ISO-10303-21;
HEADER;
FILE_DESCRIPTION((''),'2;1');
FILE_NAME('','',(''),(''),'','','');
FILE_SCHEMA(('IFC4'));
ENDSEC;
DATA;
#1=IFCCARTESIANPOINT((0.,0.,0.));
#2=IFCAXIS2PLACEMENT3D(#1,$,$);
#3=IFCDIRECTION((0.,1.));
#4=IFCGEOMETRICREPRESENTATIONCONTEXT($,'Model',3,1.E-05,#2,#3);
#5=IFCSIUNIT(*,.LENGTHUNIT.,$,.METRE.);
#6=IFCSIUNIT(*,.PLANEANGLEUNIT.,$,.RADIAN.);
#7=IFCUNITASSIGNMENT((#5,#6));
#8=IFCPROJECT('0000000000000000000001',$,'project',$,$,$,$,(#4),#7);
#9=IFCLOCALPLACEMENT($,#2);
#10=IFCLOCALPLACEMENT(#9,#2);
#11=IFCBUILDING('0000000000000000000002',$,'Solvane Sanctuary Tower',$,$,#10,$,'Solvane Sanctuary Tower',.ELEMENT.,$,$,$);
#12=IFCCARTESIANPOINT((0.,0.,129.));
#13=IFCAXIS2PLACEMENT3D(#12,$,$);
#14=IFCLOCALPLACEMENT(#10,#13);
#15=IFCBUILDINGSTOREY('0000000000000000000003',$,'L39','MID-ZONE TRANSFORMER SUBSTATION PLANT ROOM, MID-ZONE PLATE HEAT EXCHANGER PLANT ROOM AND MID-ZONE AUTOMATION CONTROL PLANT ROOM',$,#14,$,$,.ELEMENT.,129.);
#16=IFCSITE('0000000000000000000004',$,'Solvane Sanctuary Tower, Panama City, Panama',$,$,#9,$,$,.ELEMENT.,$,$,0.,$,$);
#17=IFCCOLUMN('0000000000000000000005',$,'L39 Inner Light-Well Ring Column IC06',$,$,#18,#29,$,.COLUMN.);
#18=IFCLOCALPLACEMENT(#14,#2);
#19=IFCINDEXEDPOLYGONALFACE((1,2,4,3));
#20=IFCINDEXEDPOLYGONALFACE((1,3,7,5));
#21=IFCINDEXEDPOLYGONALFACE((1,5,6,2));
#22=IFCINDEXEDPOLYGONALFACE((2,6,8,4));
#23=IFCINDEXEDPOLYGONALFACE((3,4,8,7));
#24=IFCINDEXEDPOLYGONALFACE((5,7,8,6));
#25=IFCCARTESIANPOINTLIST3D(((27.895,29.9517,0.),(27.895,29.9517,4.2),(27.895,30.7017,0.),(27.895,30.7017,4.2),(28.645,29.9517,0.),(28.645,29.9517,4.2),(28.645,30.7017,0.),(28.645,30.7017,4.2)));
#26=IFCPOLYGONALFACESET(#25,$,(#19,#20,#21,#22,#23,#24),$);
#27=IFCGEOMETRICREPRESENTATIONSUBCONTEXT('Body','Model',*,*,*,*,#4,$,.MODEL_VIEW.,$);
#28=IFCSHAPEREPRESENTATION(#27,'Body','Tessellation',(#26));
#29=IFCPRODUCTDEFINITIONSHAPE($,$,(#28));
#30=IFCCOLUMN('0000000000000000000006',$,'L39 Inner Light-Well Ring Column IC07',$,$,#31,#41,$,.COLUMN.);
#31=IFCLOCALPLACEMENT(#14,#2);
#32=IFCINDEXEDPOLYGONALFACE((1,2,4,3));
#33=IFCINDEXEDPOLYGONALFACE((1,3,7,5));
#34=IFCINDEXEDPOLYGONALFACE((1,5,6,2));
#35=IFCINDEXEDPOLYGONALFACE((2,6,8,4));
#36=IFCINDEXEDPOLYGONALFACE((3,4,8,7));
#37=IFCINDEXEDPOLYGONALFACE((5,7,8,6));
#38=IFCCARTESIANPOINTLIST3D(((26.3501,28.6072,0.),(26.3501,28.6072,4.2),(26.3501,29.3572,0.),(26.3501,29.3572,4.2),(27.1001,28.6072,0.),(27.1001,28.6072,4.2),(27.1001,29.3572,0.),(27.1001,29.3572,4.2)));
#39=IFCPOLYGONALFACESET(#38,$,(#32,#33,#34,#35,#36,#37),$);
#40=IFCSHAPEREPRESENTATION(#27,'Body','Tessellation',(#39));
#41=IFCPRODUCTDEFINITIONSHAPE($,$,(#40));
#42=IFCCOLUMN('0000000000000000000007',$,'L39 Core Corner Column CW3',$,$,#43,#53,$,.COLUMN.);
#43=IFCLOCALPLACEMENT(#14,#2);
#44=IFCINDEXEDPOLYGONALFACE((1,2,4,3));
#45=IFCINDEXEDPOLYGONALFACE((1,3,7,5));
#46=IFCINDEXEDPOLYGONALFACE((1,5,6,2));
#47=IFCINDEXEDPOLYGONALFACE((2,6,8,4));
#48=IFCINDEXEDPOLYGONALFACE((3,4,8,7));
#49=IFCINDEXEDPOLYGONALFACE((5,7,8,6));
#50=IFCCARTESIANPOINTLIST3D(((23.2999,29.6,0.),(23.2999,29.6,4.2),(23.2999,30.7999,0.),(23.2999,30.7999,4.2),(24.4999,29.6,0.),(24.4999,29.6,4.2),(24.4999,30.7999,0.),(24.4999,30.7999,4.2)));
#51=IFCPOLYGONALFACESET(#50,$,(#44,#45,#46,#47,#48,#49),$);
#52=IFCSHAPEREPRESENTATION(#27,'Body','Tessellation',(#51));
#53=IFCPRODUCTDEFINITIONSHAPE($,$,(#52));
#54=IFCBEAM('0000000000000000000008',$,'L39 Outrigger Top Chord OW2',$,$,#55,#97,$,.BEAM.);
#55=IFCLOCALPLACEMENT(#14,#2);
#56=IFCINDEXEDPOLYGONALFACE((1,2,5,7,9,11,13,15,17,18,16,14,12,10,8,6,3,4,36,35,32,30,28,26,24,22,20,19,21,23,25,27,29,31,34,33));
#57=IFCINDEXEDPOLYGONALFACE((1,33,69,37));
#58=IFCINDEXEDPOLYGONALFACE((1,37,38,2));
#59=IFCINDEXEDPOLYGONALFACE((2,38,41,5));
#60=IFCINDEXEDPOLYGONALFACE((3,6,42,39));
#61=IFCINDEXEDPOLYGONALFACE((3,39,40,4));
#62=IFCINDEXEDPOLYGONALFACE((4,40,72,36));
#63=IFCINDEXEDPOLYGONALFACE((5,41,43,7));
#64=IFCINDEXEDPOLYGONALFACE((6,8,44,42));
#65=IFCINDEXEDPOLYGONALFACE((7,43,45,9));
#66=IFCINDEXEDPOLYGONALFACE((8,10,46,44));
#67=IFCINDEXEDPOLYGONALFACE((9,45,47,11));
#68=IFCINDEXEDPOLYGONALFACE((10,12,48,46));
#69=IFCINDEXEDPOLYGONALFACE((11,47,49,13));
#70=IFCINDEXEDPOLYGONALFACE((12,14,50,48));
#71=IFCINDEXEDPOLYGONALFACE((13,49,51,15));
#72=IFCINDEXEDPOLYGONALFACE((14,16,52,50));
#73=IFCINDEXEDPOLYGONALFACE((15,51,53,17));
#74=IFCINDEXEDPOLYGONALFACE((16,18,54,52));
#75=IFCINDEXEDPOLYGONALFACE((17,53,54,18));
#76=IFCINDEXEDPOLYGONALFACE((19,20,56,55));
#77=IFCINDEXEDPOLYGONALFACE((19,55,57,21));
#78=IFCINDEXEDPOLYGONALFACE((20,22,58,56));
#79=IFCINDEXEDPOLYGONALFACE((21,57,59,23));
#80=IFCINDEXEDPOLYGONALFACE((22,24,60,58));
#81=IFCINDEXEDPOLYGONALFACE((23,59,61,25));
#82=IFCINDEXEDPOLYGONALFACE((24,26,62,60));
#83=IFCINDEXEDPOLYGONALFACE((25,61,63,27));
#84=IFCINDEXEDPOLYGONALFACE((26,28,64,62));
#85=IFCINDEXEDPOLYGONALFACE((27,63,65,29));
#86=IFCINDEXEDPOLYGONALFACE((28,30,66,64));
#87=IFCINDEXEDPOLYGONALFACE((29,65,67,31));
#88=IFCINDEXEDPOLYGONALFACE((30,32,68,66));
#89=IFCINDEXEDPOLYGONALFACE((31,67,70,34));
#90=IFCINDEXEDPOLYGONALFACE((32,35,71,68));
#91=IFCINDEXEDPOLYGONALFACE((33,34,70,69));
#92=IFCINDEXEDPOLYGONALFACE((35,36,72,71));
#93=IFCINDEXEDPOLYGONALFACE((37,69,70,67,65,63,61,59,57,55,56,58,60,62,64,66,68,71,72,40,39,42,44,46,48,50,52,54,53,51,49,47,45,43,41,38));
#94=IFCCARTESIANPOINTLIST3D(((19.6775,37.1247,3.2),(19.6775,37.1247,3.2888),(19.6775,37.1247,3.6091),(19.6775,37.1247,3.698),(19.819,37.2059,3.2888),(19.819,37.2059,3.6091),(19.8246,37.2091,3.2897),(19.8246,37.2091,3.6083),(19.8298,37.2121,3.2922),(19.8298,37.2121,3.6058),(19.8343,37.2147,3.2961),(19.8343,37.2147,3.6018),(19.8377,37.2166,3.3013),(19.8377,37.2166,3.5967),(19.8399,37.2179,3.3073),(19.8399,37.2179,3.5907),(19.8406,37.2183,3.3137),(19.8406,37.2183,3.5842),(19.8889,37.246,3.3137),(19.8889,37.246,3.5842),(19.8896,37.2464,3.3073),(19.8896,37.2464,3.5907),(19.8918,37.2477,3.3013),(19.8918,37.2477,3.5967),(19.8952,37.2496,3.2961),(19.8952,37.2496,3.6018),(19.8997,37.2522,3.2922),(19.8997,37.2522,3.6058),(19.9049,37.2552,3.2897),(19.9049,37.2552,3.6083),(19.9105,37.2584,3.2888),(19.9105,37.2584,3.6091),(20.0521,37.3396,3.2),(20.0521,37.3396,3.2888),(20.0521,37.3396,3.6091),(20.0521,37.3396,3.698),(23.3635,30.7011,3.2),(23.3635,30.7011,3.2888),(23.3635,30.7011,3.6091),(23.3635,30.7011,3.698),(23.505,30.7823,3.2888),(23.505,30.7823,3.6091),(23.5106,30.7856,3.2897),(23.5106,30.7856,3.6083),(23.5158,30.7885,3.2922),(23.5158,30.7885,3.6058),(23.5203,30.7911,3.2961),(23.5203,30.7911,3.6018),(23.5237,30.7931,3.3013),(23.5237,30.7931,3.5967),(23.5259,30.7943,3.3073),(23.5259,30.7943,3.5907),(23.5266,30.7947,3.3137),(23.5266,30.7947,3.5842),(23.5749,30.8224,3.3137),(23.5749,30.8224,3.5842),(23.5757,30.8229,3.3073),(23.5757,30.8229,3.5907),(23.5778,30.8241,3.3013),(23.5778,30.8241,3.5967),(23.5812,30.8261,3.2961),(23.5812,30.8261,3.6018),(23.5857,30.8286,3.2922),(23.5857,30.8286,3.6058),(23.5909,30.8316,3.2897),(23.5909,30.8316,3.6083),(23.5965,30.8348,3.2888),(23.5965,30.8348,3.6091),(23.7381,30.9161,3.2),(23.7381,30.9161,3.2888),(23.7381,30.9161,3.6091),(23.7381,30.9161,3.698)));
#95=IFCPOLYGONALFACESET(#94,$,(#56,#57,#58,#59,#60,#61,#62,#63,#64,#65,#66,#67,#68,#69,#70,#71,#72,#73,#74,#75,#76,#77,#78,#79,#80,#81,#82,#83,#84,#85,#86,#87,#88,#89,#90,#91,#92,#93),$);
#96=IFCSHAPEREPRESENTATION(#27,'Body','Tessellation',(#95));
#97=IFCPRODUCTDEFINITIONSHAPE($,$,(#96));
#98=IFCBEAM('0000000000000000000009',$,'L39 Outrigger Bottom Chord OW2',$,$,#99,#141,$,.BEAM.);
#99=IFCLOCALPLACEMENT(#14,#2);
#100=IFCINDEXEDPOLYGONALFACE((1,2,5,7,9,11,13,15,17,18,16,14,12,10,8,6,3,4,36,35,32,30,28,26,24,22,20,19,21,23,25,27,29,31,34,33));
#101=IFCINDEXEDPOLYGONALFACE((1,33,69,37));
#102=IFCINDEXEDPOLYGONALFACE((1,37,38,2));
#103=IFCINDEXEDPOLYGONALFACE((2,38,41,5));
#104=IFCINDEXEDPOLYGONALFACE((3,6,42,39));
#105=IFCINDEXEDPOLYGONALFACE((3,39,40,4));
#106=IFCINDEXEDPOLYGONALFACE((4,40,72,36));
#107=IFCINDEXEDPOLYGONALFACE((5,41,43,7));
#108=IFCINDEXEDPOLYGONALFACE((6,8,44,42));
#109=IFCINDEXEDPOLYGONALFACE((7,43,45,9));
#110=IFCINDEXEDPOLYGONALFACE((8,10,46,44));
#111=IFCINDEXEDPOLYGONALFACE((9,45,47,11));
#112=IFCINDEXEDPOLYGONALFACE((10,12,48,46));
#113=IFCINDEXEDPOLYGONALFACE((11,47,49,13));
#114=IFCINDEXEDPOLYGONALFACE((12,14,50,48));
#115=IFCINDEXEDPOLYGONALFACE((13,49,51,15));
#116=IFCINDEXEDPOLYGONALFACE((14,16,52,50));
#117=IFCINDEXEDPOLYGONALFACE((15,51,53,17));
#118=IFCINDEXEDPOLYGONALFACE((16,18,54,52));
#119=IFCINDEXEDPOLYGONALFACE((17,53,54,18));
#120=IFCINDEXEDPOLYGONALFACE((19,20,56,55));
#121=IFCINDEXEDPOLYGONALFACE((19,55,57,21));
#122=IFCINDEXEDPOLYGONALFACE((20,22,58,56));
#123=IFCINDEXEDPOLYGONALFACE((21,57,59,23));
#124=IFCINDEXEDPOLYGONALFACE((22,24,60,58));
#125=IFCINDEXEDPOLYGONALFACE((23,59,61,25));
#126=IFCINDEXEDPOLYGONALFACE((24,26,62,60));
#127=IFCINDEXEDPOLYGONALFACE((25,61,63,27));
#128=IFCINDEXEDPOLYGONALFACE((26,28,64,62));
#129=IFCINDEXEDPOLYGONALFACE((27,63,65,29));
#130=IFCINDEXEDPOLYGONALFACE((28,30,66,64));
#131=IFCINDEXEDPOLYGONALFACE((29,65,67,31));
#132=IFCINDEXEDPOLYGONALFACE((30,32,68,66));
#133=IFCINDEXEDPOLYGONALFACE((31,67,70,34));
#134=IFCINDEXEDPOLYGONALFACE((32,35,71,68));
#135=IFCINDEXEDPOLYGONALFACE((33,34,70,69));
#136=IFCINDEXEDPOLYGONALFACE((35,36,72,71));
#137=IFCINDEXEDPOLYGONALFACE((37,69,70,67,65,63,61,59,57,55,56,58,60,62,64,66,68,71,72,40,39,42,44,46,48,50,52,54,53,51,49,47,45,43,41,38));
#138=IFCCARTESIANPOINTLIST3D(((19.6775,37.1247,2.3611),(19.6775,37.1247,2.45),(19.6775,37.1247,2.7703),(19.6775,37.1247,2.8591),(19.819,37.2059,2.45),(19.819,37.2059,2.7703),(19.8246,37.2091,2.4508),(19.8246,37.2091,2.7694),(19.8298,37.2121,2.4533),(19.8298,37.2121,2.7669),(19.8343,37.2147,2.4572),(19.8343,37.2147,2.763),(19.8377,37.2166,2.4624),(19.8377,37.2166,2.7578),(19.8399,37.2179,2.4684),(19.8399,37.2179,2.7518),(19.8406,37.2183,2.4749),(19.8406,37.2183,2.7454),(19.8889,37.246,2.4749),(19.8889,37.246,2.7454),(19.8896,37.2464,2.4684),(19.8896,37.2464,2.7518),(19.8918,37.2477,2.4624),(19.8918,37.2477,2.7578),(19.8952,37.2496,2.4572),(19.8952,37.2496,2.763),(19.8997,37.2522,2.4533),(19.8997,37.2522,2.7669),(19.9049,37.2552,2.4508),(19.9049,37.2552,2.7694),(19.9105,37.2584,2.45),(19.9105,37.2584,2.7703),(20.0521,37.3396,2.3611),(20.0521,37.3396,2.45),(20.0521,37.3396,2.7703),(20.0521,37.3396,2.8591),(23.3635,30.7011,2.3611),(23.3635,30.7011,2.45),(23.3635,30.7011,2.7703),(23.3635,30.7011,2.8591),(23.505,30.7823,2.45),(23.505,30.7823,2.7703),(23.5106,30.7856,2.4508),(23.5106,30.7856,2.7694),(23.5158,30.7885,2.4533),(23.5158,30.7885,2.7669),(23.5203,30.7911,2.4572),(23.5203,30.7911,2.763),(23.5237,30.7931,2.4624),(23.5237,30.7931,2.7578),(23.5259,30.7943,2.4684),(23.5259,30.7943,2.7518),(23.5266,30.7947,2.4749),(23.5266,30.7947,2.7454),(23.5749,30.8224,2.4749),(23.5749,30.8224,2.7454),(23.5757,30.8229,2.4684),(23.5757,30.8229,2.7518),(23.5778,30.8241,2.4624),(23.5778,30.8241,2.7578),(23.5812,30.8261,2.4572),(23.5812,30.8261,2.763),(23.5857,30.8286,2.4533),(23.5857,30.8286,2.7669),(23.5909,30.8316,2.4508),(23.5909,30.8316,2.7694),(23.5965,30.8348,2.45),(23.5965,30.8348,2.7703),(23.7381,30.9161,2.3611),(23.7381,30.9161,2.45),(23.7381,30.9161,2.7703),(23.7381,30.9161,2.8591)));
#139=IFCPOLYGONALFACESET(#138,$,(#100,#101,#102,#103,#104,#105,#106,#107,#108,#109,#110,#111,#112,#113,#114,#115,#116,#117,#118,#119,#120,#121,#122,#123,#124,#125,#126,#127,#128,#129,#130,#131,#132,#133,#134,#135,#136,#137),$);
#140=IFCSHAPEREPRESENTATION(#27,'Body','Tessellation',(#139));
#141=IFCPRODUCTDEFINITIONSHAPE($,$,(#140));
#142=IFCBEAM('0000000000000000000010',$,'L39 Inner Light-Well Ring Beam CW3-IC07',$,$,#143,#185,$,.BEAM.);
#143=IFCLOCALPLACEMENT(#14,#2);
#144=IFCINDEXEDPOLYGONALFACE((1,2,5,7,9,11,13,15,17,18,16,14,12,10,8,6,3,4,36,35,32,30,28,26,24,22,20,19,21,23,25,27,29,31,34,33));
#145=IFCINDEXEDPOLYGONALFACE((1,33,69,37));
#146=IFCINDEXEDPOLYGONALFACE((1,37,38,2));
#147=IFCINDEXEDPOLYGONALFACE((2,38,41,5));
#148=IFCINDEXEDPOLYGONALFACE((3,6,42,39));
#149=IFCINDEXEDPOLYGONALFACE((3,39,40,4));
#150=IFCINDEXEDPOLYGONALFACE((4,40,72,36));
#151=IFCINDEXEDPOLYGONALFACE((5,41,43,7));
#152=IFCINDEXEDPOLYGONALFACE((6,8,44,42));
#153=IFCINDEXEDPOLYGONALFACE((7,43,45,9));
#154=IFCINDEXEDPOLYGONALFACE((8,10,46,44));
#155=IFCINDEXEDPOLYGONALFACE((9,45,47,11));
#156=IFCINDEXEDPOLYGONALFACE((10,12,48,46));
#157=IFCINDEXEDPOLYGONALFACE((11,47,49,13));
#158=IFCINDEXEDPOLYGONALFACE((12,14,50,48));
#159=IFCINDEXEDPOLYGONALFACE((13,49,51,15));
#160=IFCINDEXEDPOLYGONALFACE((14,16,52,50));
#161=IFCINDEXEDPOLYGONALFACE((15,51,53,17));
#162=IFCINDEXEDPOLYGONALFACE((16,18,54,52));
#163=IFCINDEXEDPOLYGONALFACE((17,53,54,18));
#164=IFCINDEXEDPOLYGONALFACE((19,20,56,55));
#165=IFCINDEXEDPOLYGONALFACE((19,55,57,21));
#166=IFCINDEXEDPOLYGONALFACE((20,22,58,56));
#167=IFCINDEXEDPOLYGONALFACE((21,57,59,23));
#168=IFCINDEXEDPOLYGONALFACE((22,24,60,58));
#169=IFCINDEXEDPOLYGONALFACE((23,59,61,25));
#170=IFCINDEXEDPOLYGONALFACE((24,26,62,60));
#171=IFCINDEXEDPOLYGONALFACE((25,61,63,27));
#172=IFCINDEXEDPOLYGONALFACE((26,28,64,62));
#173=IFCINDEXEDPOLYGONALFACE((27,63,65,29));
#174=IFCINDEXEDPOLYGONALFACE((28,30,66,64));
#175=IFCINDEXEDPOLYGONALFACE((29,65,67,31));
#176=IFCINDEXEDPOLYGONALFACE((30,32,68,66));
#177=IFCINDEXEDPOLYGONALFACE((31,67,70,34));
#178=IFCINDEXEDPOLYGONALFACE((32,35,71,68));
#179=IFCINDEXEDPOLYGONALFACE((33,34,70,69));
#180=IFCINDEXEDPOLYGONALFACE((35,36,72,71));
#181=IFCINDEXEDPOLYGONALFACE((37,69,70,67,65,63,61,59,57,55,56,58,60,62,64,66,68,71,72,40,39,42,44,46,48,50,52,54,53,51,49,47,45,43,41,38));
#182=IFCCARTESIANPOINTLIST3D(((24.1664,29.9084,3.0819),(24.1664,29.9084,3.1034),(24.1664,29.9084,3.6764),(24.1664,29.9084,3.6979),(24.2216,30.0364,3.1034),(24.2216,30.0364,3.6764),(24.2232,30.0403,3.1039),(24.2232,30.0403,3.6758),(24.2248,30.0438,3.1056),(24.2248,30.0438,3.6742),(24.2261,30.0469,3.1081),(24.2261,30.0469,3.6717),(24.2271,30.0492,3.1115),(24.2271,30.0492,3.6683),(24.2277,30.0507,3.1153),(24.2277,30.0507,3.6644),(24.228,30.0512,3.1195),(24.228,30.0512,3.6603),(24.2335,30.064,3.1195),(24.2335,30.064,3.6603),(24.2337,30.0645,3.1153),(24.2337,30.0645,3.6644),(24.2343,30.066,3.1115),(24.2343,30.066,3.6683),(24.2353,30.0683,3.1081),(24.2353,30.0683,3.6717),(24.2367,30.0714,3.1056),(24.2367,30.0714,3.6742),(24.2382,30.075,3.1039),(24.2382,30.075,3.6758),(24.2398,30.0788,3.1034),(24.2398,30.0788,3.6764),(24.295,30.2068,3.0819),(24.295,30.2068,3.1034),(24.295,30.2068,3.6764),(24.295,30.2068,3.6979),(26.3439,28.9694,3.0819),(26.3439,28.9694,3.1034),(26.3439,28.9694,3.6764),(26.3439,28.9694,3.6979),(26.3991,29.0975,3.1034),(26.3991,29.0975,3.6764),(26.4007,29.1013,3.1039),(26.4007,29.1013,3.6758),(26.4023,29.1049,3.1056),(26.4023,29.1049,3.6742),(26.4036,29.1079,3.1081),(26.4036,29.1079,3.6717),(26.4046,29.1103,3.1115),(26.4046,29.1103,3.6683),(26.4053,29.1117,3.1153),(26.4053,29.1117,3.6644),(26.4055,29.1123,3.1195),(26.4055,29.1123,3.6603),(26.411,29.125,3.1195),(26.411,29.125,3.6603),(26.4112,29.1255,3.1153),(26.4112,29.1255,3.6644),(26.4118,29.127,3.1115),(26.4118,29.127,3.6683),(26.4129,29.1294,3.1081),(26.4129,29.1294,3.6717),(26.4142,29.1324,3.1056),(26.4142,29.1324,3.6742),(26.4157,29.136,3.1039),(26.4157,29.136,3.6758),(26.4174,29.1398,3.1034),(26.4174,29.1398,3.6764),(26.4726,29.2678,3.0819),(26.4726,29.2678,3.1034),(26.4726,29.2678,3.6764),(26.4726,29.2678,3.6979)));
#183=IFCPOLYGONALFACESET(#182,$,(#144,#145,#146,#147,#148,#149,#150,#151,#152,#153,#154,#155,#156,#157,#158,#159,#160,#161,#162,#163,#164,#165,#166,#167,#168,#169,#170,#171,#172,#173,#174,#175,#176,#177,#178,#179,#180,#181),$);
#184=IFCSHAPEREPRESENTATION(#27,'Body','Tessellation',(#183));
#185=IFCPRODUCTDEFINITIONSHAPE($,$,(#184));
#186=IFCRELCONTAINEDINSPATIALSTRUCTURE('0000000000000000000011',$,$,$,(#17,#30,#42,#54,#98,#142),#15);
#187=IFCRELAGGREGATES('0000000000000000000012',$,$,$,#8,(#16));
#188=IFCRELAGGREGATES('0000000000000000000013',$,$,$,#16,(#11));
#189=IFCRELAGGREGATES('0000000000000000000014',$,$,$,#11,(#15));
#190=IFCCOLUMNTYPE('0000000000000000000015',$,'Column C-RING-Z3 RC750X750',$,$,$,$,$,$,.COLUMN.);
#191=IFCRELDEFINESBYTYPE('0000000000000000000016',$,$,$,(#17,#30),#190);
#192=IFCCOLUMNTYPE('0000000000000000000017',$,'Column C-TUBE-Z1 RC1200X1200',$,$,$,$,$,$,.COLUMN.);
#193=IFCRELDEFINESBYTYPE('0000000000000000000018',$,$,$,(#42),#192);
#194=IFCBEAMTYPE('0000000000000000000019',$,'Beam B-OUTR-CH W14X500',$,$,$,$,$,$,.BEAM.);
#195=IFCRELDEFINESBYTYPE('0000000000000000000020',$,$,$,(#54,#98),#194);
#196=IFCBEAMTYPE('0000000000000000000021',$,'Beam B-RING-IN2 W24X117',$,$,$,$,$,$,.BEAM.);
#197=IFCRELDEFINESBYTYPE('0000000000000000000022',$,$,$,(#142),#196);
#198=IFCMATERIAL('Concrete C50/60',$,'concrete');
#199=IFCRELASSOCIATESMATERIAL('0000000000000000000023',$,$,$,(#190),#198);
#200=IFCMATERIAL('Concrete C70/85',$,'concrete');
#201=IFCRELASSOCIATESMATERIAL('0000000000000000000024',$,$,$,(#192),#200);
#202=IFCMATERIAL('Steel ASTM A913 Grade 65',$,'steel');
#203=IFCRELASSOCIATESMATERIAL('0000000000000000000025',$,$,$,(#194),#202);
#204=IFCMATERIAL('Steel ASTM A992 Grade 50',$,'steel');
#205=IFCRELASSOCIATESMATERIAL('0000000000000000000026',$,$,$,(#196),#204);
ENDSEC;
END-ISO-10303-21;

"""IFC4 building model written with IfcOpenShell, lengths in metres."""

from ifc_helpers import new_model, si_unit, direction, frame, origin, origin_2d, place, context, subcontext, project, spatial, rectangle, i_section, extrude, material, material_profile, profile_set, type_object, element, save


model = new_model("IFC4")

# Units and contexts
model_context = context("Model", 3, precision=1e-05, world=origin(), true_north=direction((0.0, 1.0)))
body_context = subcontext(model_context, "Body", "Model", "MODEL_VIEW")
ifc_project = project(units=[si_unit("LENGTHUNIT", "METRE"), si_unit("PLANEANGLEUNIT", "RADIAN")], contexts=[model_context])

# Site, building, storey
site_placement = place(None, origin())
site = spatial("IfcSite", under=ifc_project, at=site_placement, Name="Solvane Sanctuary Tower, Panama City, Panama", CompositionType="ELEMENT", RefElevation=0.0)
building_placement = place(site_placement, origin())
building = spatial("IfcBuilding", under=site, at=building_placement, Name="Solvane Sanctuary Tower", LongName="Solvane Sanctuary Tower", CompositionType="ELEMENT")
storey_placement = place(building_placement, frame((0.0, 0.0, 129.0)))
storey = spatial("IfcBuildingStorey", under=building, at=storey_placement, Name="L39", Description="MID-ZONE TRANSFORMER SUBSTATION PLANT ROOM, MID-ZONE PLATE HEAT EXCHANGER PLANT ROOM AND MID-ZONE AUTOMATION CONTROL PLANT ROOM", CompositionType="ELEMENT", Elevation=129.0)

# Columns
ifc_material_1 = material(Name="Concrete C50/60", Category="concrete")
ifc_material_profile_1 = material_profile(ifc_material_1, rectangle(XDim=0.75, YDim=0.75, at=origin_2d()), Name="RC750X750")
ifc_profile_set_1 = profile_set([ifc_material_profile_1], Name="Concrete C50/60")
column_type_1 = type_object("IfcColumnType", Name="Column C-RING-Z3 RC750X750", PredefinedType="COLUMN", material=ifc_profile_set_1)
for number, where, z_axis, x_axis, name in (
    (1, (28.27, 30.3267, 0.0), (0.0, 0.0, 1.0), (1.0, 0.0, 0.0), "L39 Inner Light-Well Ring Column IC06"),
    (2, (26.7251, 28.9822, 0.0), (0.0, 0.0, 1.0), (1.0, 0.0, 0.0), "L39 Inner Light-Well Ring Column IC07"),
):
    element("IfcColumn", number, at=place(storey_placement, frame(where, z_axis=z_axis, x_axis=x_axis)), inside=storey, type_object=column_type_1, Name=name, PredefinedType="COLUMN", context=body_context, shape_type="SweptSolid", body=[
        extrude(rectangle(XDim=0.75, YDim=0.75, at=origin_2d()), origin(), (0.0, 0.0, 1.0), 4.2),
    ])
ifc_material_2 = material(Name="Concrete C70/85", Category="concrete")
ifc_material_profile_2 = material_profile(ifc_material_2, rectangle(XDim=1.2, YDim=1.2, at=origin_2d()), Name="RC1200X1200")
ifc_profile_set_2 = profile_set([ifc_material_profile_2], Name="Concrete C70/85")
column_type_2 = type_object("IfcColumnType", Name="Column C-TUBE-Z1 RC1200X1200", PredefinedType="COLUMN", material=ifc_profile_set_2)
column_placement = place(storey_placement, frame((23.8999, 30.2, 0.0), z_axis=(0.0, 0.0, 1.0), x_axis=(1.0, 0.0, 0.0)))
element("IfcColumn", 3, at=column_placement, inside=storey, type_object=column_type_2, Name="L39 Core Corner Column CW3", PredefinedType="COLUMN", context=body_context, shape_type="SweptSolid", body=[
    extrude(rectangle(XDim=1.2, YDim=1.2, at=origin_2d()), origin(), (0.0, 0.0, 1.0), 4.2),
])

# Beams
ifc_material_3 = material(Name="Steel ASTM A913 Grade 65", Category="steel")
ifc_material_profile_3 = material_profile(ifc_material_3, i_section(OverallWidth=0.4319, OverallDepth=0.498, WebThickness=0.0557, FlangeThickness=0.0889, FilletRadius=0.0249, at=origin_2d()), Name="W14X500")
ifc_profile_set_3 = profile_set([ifc_material_profile_3], Name="Steel ASTM A913 Grade 65")
beam_type_1 = type_object("IfcBeamType", Name="Beam B-OUTR-CH W14X500", PredefinedType="BEAM", material=ifc_profile_set_3)
for number, where, z_axis, x_axis, name in (
    (4, (23.5508, 30.8086, 3.449), (-0.497707, 0.867345, 0.0), (-0.867345, -0.497707, 0.0), "L39 Outrigger Top Chord OW2"),
    (5, (23.5508, 30.8086, 2.6101), (-0.497707, 0.867345, 0.0), (-0.867345, -0.497707, 0.0), "L39 Outrigger Bottom Chord OW2"),
):
    element("IfcBeam", number, at=place(storey_placement, frame(where, z_axis=z_axis, x_axis=x_axis)), inside=storey, type_object=beam_type_1, Name=name, PredefinedType="BEAM", context=body_context, shape_type="SweptSolid", body=[
        extrude(i_section(OverallWidth=0.4319, OverallDepth=0.498, WebThickness=0.0557, FlangeThickness=0.0889, FilletRadius=0.0249, at=origin_2d()), origin(), (0.0, 0.0, 1.0), 7.406),
    ])
ifc_material_4 = material(Name="Steel ASTM A992 Grade 50", Category="steel")
ifc_material_profile_4 = material_profile(ifc_material_4, i_section(OverallWidth=0.325, OverallDepth=0.616, WebThickness=0.0139, FlangeThickness=0.0215, FilletRadius=0.0161, at=origin_2d()), Name="W24X117")
ifc_profile_set_4 = profile_set([ifc_material_profile_4], Name="Steel ASTM A992 Grade 50")
beam_type_2 = type_object("IfcBeamType", Name="Beam B-RING-IN2 W24X117", PredefinedType="BEAM", material=ifc_profile_set_4)
beam_1_placement = place(storey_placement, frame((24.2307, 30.0576, 3.3899), z_axis=(0.918264, -0.395969, 0.0), x_axis=(0.395969, 0.918264, 0.0)))
element("IfcBeam", 6, at=beam_1_placement, inside=storey, type_object=beam_type_2, Name="L39 Inner Light-Well Ring Beam CW3-IC07", PredefinedType="BEAM", context=body_context, shape_type="SweptSolid", body=[
    extrude(i_section(OverallWidth=0.325, OverallDepth=0.616, WebThickness=0.0139, FlangeThickness=0.0215, FilletRadius=0.0161, at=origin_2d()), origin(), (0.0, 0.0, 1.0), 2.3713),
])

save(model, "model.ifc")
